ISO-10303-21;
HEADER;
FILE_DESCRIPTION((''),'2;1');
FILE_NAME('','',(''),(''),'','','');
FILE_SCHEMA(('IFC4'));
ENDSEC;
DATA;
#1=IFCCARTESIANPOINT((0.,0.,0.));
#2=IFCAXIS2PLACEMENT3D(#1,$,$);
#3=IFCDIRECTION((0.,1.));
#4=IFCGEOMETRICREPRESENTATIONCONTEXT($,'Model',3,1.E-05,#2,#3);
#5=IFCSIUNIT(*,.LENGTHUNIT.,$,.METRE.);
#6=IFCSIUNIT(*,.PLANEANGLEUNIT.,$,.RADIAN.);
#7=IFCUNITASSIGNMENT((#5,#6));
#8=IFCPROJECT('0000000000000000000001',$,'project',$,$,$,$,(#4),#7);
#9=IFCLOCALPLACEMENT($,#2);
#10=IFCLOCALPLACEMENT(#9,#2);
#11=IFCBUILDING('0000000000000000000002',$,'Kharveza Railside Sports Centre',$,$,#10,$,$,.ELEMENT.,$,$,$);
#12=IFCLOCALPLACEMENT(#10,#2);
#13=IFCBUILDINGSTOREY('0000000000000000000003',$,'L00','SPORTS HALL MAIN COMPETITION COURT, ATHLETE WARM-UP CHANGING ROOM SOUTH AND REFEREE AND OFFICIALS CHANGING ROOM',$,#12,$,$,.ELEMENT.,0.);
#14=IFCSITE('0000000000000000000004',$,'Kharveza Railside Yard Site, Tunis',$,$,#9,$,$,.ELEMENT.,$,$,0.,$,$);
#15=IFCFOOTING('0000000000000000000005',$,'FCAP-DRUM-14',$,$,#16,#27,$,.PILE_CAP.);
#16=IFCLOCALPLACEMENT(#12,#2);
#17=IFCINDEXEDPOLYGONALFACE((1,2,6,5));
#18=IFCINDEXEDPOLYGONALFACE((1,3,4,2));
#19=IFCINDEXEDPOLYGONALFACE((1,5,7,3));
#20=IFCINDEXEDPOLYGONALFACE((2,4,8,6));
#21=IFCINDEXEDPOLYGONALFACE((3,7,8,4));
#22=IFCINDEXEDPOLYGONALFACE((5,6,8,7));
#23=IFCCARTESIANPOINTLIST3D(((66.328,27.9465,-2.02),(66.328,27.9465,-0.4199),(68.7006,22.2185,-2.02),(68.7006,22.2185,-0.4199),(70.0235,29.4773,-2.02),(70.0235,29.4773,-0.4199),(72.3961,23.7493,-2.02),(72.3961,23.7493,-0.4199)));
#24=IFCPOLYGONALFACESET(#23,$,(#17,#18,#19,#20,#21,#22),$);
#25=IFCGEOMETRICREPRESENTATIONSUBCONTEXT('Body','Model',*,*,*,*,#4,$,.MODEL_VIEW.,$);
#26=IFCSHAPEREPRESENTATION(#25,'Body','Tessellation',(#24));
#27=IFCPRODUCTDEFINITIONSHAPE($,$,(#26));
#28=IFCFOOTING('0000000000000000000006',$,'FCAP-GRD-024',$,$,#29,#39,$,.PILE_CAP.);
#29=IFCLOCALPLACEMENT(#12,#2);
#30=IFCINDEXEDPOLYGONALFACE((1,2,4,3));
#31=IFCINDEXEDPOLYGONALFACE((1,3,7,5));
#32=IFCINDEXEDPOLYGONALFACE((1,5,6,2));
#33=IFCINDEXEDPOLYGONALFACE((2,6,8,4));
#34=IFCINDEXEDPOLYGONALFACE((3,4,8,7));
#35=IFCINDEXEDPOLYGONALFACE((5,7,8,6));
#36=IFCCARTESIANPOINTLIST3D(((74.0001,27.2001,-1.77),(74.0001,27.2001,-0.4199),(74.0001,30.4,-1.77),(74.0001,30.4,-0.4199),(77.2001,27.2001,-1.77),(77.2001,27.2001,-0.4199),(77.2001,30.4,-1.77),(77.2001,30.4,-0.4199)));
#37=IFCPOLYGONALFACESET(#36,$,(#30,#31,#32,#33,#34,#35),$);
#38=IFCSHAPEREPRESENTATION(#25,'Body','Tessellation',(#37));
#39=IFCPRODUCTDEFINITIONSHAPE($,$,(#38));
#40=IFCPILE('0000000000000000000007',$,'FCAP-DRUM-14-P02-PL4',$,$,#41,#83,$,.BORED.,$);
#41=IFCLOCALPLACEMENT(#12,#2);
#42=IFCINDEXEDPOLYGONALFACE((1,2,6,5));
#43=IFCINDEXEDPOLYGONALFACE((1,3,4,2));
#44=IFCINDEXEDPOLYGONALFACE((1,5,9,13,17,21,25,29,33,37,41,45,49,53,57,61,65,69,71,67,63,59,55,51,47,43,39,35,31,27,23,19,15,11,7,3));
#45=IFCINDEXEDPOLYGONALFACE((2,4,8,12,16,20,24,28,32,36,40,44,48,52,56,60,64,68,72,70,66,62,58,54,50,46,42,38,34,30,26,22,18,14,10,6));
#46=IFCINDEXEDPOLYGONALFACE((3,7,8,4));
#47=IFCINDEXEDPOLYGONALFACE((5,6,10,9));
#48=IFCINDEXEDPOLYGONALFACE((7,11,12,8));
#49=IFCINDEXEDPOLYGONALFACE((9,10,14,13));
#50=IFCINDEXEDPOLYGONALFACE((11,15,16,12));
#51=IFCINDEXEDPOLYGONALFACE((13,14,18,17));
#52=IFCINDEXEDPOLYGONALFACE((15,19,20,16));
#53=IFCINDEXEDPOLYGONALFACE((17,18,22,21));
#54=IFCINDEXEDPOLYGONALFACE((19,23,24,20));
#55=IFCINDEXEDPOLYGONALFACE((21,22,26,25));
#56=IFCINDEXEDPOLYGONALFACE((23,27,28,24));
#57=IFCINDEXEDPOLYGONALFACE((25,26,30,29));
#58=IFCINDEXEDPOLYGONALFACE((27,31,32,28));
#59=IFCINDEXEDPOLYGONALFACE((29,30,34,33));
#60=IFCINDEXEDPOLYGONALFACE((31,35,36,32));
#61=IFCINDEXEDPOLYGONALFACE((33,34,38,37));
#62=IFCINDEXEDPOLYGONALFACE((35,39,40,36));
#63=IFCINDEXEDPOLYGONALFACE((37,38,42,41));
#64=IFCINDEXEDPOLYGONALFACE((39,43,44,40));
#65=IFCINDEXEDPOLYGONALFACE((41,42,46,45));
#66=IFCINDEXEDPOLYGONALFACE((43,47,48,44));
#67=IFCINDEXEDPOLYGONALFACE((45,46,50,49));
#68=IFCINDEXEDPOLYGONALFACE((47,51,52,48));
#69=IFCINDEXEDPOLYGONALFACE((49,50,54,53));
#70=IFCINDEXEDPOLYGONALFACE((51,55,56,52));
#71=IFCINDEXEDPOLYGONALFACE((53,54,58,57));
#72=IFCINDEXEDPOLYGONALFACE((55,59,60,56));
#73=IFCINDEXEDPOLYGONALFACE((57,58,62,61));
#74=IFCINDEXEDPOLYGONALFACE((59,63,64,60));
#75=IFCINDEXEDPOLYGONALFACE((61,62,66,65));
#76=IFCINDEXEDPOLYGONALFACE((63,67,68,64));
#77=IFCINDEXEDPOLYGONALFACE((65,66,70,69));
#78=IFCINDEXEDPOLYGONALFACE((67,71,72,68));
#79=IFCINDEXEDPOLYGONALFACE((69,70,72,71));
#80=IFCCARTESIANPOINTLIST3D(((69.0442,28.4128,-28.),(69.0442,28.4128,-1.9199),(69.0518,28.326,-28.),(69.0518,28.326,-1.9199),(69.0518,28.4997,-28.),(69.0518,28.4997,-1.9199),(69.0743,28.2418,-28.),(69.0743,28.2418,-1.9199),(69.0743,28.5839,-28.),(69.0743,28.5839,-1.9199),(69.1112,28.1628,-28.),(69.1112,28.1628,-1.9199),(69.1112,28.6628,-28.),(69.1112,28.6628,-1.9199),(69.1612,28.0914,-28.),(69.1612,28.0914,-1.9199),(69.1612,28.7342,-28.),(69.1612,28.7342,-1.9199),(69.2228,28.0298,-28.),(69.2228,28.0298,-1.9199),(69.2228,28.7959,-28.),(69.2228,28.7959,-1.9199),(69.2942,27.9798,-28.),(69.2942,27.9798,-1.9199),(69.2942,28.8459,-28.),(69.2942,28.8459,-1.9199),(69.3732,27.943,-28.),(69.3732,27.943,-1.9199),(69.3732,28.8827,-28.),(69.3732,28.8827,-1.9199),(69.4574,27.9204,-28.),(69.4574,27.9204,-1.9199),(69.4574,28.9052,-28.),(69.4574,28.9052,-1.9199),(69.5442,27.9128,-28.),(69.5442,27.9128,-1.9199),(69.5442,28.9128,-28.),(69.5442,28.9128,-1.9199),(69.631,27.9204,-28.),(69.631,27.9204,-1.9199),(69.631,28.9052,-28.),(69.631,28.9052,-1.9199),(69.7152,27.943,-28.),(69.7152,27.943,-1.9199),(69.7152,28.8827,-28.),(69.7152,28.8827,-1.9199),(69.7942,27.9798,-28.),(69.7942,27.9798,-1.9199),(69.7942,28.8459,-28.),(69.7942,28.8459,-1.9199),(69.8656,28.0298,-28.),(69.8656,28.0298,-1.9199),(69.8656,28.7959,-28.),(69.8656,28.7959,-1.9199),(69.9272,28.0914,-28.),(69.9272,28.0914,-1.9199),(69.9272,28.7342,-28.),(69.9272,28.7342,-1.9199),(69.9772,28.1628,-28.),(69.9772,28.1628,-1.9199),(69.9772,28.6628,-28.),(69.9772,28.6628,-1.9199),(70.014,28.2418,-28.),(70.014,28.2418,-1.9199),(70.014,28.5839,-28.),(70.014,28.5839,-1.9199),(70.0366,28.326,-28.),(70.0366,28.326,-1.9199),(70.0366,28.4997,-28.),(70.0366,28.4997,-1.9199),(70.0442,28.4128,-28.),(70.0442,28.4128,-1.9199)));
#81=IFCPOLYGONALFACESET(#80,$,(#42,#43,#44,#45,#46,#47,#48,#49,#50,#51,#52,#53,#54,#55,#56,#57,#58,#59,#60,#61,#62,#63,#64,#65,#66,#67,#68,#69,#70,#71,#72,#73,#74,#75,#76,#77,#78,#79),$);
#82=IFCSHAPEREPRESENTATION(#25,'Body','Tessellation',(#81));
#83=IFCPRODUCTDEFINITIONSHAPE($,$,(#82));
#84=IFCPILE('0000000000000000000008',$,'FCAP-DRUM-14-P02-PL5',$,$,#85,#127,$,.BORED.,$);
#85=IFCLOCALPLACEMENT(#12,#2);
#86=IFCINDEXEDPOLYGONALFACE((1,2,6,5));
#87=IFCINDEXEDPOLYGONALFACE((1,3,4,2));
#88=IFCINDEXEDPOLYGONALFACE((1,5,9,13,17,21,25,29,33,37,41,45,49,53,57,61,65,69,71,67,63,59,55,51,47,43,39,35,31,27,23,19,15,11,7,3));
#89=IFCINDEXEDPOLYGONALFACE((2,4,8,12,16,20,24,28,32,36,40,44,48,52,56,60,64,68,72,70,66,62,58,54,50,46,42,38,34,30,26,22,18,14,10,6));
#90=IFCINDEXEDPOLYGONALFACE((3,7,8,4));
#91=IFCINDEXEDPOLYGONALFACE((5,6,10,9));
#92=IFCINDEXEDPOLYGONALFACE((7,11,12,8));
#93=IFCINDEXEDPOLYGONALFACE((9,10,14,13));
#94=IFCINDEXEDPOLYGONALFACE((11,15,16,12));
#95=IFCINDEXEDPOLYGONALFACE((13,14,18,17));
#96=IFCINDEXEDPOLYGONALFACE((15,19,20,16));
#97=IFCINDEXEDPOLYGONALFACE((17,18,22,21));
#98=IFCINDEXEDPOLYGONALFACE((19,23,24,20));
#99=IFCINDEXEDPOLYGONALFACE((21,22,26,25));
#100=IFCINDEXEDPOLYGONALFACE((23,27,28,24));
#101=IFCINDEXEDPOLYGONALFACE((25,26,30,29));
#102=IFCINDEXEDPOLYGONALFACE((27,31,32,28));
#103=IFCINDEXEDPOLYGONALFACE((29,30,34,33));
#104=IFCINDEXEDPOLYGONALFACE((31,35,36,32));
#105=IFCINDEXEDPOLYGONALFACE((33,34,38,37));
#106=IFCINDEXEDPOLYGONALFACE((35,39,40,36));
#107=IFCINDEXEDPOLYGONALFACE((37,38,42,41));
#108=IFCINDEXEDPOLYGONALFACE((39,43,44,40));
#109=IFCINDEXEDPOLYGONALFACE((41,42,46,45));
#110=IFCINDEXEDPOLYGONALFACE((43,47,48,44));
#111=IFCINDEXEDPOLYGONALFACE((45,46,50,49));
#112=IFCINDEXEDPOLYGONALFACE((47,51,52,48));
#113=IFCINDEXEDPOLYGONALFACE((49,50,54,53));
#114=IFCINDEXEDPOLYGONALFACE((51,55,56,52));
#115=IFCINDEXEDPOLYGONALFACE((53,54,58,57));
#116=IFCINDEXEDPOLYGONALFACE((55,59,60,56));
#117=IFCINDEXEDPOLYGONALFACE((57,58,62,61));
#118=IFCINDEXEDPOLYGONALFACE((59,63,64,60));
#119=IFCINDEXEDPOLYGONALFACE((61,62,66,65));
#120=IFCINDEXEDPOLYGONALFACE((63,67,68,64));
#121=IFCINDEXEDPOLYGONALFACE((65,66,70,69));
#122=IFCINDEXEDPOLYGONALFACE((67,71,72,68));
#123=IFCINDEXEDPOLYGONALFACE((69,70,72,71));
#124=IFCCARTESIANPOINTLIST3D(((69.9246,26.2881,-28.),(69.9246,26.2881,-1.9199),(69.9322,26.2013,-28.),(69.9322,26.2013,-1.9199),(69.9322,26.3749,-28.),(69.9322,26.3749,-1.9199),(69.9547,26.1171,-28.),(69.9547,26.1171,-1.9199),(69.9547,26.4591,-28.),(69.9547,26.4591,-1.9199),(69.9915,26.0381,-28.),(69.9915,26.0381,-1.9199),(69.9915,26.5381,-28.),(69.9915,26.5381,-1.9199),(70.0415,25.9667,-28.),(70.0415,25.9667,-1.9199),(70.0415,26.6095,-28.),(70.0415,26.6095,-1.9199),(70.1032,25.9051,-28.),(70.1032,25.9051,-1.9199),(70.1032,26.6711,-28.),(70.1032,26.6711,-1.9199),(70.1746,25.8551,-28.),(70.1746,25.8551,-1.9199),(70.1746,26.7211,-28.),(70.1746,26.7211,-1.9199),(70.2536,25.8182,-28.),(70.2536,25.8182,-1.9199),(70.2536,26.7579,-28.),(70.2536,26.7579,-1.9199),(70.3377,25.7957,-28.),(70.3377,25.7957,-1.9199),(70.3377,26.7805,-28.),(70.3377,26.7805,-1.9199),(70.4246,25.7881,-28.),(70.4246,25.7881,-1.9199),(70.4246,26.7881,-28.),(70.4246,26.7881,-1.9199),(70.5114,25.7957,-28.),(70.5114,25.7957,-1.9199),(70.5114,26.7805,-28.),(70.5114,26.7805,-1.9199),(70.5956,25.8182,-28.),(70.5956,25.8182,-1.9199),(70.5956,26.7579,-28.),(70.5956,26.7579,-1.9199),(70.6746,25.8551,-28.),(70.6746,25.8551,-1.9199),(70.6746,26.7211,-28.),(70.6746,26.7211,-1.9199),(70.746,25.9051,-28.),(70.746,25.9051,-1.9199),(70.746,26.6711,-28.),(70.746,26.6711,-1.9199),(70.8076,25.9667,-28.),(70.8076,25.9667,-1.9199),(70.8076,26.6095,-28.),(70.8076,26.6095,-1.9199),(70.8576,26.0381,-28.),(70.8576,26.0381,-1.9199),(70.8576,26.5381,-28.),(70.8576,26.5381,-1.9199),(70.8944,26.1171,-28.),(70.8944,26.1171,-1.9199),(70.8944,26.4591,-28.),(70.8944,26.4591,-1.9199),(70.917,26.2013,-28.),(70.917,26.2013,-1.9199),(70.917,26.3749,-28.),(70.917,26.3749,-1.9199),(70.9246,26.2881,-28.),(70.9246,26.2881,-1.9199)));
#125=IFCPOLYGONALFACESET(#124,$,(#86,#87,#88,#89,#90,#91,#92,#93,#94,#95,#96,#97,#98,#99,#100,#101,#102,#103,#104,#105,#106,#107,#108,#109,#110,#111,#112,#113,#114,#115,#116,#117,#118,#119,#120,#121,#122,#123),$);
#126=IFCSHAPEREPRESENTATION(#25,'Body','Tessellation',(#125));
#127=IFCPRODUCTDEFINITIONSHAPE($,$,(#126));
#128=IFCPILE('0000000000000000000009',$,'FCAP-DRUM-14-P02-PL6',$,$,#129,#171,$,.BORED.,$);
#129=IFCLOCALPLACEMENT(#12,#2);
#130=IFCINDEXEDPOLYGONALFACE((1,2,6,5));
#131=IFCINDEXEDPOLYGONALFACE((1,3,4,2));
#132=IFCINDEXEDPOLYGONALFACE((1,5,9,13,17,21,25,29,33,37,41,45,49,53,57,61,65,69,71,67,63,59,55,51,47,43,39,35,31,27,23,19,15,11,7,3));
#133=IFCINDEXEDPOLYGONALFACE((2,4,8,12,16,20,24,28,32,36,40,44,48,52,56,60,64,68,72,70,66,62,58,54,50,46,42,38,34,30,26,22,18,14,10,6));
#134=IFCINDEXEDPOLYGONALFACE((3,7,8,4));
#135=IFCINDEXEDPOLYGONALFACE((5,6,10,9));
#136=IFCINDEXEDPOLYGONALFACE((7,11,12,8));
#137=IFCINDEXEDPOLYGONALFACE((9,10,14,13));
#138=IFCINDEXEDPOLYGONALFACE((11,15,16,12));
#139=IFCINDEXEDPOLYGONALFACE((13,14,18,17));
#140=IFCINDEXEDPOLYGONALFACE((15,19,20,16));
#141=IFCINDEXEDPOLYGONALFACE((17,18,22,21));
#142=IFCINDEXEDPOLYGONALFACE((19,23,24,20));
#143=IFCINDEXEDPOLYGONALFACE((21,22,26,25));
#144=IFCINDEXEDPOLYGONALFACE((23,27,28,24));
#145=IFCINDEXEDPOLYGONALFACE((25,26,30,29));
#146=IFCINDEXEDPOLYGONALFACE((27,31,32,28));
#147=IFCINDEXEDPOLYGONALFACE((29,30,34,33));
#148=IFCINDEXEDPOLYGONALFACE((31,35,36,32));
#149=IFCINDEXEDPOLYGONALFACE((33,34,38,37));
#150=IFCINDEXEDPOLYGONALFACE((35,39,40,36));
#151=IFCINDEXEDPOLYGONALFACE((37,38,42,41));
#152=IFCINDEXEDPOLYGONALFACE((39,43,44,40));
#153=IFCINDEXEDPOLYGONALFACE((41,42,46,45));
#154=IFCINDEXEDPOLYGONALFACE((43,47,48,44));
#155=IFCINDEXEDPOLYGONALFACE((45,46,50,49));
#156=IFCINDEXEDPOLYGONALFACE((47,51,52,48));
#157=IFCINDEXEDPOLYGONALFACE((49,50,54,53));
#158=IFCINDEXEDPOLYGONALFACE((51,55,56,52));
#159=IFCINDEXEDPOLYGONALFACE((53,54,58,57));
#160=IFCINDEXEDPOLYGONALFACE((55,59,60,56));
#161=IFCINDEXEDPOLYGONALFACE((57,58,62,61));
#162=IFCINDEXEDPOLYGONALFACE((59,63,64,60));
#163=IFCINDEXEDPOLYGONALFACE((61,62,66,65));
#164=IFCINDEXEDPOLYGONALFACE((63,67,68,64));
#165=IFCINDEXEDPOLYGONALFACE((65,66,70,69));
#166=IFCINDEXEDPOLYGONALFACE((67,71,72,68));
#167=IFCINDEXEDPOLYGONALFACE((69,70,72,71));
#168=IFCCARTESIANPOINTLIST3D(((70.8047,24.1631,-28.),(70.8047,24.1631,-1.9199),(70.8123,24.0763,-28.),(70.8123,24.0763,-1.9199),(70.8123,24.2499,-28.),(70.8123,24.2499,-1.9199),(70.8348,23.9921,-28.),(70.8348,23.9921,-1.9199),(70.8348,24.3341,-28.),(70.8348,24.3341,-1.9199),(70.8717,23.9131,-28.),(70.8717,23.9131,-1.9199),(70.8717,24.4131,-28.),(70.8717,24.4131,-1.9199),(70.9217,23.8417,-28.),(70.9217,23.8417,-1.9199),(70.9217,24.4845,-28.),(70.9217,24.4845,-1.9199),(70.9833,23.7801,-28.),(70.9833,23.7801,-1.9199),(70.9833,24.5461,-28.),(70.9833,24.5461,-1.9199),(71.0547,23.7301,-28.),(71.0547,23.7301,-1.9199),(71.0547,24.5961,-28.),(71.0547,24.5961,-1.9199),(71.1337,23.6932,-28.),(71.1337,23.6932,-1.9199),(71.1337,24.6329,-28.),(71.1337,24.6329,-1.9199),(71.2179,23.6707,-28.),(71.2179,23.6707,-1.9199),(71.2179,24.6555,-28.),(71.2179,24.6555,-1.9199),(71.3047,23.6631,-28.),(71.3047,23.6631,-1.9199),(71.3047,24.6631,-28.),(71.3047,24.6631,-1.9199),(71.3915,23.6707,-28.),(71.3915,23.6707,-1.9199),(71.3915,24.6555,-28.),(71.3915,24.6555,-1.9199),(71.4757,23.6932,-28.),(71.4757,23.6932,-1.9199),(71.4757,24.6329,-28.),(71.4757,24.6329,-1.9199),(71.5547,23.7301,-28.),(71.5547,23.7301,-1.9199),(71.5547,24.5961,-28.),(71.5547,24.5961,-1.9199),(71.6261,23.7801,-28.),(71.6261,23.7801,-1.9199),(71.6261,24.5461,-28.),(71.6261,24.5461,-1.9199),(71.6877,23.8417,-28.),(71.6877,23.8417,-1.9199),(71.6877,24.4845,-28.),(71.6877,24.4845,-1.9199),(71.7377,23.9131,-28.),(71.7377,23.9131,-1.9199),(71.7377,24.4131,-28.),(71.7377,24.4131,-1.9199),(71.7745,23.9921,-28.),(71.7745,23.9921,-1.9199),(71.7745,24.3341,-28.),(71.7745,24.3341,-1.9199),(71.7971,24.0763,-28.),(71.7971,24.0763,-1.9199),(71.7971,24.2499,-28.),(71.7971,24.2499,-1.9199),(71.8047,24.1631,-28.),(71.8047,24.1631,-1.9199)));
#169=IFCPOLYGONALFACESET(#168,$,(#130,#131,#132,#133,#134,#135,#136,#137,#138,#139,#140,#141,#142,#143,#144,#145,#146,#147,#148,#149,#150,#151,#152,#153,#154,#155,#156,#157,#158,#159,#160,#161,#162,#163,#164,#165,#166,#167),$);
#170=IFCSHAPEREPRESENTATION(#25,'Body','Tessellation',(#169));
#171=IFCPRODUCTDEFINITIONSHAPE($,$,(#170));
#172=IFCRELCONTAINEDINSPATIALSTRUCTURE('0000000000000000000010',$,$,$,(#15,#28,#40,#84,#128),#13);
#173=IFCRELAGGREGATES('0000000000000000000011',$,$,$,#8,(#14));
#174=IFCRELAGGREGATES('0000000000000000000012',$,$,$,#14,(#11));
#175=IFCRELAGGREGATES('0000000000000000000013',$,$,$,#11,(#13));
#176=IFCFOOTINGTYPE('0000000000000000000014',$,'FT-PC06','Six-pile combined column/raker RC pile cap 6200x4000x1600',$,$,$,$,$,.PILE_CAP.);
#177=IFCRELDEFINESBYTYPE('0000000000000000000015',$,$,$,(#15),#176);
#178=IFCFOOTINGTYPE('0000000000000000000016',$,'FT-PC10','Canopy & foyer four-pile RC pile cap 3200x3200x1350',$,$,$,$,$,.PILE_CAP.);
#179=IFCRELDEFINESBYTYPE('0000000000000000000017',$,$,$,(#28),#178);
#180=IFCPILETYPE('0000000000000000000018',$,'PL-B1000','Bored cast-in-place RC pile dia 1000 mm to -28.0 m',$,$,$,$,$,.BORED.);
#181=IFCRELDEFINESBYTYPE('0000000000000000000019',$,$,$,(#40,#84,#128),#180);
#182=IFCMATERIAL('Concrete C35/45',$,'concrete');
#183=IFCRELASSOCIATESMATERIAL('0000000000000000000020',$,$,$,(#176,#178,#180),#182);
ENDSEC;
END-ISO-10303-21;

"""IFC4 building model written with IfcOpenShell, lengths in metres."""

from ifc_helpers import new_model, si_unit, direction, frame, origin, origin_2d, place, context, subcontext, project, spatial, rectangle, circle, extrude, material, material_profile, profile_set, type_object, element, save


model = new_model("IFC4")

# Units and contexts
model_context = context("Model", 3, precision=1e-05, world=origin(), true_north=direction((0.0, 1.0)))
body_context = subcontext(model_context, "Body", "Model", "MODEL_VIEW")
ifc_project = project(units=[si_unit("LENGTHUNIT", "METRE"), si_unit("PLANEANGLEUNIT", "RADIAN")], contexts=[model_context])

# Site, building, storey
site_placement = place(None, origin())
site = spatial("IfcSite", under=ifc_project, at=site_placement, Name="Kharveza Railside Yard Site, Tunis", CompositionType="ELEMENT", RefElevation=0.0)
building_placement = place(site_placement, origin())
building = spatial("IfcBuilding", under=site, at=building_placement, Name="Kharveza Railside Sports Centre", CompositionType="ELEMENT")
storey_placement = place(building_placement, origin())
storey = spatial("IfcBuildingStorey", under=building, at=storey_placement, Name="L00", Description="SPORTS HALL MAIN COMPETITION COURT, ATHLETE WARM-UP CHANGING ROOM SOUTH AND REFEREE AND OFFICIALS CHANGING ROOM", CompositionType="ELEMENT", Elevation=0.0)

# Footings
ifc_material_1 = material(Name="Concrete C35/45", Category="concrete")
footing_type_1 = type_object("IfcFootingType", Name="FT-PC06", Description="Six-pile combined column/raker RC pile cap 6200x4000x1600", PredefinedType="PILE_CAP", material=ifc_material_1)
footing_1_placement = place(storey_placement, frame((69.3621, 25.8479, -2.02), z_axis=(0.0, 0.0, 1.0), x_axis=(0.382683, -0.92388, 0.0)))
element("IfcFooting", 1, at=footing_1_placement, inside=storey, type_object=footing_type_1, Name="FCAP-DRUM-14", PredefinedType="PILE_CAP", context=body_context, shape_type="SweptSolid", body=[
    extrude(rectangle(XDim=6.2, YDim=4.0, at=origin_2d()), origin(), (0.0, 0.0, 1.0), 1.6001),
])
footing_type_2 = type_object("IfcFootingType", Name="FT-PC10", Description="Canopy & foyer four-pile RC pile cap 3200x3200x1350", PredefinedType="PILE_CAP", material=ifc_material_1)
footing_2_placement = place(storey_placement, frame((75.6001, 28.8, -1.77), z_axis=(0.0, 0.0, 1.0), x_axis=(1.0, 0.0, 0.0)))
element("IfcFooting", 2, at=footing_2_placement, inside=storey, type_object=footing_type_2, Name="FCAP-GRD-024", PredefinedType="PILE_CAP", context=body_context, shape_type="SweptSolid", body=[
    extrude(rectangle(XDim=3.2, YDim=3.2, at=origin_2d()), origin(), (0.0, 0.0, 1.0), 1.3501),
])

# Piles
ifc_material_profile_1 = material_profile(ifc_material_1, circle(Radius=0.5, at=origin_2d()), Name="PILE D1000")
ifc_profile_set_1 = profile_set([ifc_material_profile_1], Name="Concrete C35/45")
pile_type_1 = type_object("IfcPileType", Name="PL-B1000", Description="Bored cast-in-place RC pile dia 1000 mm to -28.0 m", PredefinedType="BORED", material=ifc_profile_set_1)
for number, where, z_axis, x_axis, name in (
    (3, (69.5442, 28.4128, -1.9199), (0.0, 0.0, -1.0), (1.0, 0.0, 0.0), "FCAP-DRUM-14-P02-PL4"),
    (4, (70.4246, 26.2881, -1.9199), (0.0, 0.0, -1.0), (1.0, 0.0, 0.0), "FCAP-DRUM-14-P02-PL5"),
    (5, (71.3047, 24.1631, -1.9199), (0.0, 0.0, -1.0), (1.0, 0.0, 0.0), "FCAP-DRUM-14-P02-PL6"),
):
    element("IfcPile", number, at=place(storey_placement, frame(where, z_axis=z_axis, x_axis=x_axis)), inside=storey, type_object=pile_type_1, Name=name, PredefinedType="BORED", context=body_context, shape_type="SweptSolid", body=[
        extrude(circle(Radius=0.5, at=origin_2d()), origin(), (0.0, 0.0, 1.0), 26.0801),
    ])

save(model, "model.ifc")
